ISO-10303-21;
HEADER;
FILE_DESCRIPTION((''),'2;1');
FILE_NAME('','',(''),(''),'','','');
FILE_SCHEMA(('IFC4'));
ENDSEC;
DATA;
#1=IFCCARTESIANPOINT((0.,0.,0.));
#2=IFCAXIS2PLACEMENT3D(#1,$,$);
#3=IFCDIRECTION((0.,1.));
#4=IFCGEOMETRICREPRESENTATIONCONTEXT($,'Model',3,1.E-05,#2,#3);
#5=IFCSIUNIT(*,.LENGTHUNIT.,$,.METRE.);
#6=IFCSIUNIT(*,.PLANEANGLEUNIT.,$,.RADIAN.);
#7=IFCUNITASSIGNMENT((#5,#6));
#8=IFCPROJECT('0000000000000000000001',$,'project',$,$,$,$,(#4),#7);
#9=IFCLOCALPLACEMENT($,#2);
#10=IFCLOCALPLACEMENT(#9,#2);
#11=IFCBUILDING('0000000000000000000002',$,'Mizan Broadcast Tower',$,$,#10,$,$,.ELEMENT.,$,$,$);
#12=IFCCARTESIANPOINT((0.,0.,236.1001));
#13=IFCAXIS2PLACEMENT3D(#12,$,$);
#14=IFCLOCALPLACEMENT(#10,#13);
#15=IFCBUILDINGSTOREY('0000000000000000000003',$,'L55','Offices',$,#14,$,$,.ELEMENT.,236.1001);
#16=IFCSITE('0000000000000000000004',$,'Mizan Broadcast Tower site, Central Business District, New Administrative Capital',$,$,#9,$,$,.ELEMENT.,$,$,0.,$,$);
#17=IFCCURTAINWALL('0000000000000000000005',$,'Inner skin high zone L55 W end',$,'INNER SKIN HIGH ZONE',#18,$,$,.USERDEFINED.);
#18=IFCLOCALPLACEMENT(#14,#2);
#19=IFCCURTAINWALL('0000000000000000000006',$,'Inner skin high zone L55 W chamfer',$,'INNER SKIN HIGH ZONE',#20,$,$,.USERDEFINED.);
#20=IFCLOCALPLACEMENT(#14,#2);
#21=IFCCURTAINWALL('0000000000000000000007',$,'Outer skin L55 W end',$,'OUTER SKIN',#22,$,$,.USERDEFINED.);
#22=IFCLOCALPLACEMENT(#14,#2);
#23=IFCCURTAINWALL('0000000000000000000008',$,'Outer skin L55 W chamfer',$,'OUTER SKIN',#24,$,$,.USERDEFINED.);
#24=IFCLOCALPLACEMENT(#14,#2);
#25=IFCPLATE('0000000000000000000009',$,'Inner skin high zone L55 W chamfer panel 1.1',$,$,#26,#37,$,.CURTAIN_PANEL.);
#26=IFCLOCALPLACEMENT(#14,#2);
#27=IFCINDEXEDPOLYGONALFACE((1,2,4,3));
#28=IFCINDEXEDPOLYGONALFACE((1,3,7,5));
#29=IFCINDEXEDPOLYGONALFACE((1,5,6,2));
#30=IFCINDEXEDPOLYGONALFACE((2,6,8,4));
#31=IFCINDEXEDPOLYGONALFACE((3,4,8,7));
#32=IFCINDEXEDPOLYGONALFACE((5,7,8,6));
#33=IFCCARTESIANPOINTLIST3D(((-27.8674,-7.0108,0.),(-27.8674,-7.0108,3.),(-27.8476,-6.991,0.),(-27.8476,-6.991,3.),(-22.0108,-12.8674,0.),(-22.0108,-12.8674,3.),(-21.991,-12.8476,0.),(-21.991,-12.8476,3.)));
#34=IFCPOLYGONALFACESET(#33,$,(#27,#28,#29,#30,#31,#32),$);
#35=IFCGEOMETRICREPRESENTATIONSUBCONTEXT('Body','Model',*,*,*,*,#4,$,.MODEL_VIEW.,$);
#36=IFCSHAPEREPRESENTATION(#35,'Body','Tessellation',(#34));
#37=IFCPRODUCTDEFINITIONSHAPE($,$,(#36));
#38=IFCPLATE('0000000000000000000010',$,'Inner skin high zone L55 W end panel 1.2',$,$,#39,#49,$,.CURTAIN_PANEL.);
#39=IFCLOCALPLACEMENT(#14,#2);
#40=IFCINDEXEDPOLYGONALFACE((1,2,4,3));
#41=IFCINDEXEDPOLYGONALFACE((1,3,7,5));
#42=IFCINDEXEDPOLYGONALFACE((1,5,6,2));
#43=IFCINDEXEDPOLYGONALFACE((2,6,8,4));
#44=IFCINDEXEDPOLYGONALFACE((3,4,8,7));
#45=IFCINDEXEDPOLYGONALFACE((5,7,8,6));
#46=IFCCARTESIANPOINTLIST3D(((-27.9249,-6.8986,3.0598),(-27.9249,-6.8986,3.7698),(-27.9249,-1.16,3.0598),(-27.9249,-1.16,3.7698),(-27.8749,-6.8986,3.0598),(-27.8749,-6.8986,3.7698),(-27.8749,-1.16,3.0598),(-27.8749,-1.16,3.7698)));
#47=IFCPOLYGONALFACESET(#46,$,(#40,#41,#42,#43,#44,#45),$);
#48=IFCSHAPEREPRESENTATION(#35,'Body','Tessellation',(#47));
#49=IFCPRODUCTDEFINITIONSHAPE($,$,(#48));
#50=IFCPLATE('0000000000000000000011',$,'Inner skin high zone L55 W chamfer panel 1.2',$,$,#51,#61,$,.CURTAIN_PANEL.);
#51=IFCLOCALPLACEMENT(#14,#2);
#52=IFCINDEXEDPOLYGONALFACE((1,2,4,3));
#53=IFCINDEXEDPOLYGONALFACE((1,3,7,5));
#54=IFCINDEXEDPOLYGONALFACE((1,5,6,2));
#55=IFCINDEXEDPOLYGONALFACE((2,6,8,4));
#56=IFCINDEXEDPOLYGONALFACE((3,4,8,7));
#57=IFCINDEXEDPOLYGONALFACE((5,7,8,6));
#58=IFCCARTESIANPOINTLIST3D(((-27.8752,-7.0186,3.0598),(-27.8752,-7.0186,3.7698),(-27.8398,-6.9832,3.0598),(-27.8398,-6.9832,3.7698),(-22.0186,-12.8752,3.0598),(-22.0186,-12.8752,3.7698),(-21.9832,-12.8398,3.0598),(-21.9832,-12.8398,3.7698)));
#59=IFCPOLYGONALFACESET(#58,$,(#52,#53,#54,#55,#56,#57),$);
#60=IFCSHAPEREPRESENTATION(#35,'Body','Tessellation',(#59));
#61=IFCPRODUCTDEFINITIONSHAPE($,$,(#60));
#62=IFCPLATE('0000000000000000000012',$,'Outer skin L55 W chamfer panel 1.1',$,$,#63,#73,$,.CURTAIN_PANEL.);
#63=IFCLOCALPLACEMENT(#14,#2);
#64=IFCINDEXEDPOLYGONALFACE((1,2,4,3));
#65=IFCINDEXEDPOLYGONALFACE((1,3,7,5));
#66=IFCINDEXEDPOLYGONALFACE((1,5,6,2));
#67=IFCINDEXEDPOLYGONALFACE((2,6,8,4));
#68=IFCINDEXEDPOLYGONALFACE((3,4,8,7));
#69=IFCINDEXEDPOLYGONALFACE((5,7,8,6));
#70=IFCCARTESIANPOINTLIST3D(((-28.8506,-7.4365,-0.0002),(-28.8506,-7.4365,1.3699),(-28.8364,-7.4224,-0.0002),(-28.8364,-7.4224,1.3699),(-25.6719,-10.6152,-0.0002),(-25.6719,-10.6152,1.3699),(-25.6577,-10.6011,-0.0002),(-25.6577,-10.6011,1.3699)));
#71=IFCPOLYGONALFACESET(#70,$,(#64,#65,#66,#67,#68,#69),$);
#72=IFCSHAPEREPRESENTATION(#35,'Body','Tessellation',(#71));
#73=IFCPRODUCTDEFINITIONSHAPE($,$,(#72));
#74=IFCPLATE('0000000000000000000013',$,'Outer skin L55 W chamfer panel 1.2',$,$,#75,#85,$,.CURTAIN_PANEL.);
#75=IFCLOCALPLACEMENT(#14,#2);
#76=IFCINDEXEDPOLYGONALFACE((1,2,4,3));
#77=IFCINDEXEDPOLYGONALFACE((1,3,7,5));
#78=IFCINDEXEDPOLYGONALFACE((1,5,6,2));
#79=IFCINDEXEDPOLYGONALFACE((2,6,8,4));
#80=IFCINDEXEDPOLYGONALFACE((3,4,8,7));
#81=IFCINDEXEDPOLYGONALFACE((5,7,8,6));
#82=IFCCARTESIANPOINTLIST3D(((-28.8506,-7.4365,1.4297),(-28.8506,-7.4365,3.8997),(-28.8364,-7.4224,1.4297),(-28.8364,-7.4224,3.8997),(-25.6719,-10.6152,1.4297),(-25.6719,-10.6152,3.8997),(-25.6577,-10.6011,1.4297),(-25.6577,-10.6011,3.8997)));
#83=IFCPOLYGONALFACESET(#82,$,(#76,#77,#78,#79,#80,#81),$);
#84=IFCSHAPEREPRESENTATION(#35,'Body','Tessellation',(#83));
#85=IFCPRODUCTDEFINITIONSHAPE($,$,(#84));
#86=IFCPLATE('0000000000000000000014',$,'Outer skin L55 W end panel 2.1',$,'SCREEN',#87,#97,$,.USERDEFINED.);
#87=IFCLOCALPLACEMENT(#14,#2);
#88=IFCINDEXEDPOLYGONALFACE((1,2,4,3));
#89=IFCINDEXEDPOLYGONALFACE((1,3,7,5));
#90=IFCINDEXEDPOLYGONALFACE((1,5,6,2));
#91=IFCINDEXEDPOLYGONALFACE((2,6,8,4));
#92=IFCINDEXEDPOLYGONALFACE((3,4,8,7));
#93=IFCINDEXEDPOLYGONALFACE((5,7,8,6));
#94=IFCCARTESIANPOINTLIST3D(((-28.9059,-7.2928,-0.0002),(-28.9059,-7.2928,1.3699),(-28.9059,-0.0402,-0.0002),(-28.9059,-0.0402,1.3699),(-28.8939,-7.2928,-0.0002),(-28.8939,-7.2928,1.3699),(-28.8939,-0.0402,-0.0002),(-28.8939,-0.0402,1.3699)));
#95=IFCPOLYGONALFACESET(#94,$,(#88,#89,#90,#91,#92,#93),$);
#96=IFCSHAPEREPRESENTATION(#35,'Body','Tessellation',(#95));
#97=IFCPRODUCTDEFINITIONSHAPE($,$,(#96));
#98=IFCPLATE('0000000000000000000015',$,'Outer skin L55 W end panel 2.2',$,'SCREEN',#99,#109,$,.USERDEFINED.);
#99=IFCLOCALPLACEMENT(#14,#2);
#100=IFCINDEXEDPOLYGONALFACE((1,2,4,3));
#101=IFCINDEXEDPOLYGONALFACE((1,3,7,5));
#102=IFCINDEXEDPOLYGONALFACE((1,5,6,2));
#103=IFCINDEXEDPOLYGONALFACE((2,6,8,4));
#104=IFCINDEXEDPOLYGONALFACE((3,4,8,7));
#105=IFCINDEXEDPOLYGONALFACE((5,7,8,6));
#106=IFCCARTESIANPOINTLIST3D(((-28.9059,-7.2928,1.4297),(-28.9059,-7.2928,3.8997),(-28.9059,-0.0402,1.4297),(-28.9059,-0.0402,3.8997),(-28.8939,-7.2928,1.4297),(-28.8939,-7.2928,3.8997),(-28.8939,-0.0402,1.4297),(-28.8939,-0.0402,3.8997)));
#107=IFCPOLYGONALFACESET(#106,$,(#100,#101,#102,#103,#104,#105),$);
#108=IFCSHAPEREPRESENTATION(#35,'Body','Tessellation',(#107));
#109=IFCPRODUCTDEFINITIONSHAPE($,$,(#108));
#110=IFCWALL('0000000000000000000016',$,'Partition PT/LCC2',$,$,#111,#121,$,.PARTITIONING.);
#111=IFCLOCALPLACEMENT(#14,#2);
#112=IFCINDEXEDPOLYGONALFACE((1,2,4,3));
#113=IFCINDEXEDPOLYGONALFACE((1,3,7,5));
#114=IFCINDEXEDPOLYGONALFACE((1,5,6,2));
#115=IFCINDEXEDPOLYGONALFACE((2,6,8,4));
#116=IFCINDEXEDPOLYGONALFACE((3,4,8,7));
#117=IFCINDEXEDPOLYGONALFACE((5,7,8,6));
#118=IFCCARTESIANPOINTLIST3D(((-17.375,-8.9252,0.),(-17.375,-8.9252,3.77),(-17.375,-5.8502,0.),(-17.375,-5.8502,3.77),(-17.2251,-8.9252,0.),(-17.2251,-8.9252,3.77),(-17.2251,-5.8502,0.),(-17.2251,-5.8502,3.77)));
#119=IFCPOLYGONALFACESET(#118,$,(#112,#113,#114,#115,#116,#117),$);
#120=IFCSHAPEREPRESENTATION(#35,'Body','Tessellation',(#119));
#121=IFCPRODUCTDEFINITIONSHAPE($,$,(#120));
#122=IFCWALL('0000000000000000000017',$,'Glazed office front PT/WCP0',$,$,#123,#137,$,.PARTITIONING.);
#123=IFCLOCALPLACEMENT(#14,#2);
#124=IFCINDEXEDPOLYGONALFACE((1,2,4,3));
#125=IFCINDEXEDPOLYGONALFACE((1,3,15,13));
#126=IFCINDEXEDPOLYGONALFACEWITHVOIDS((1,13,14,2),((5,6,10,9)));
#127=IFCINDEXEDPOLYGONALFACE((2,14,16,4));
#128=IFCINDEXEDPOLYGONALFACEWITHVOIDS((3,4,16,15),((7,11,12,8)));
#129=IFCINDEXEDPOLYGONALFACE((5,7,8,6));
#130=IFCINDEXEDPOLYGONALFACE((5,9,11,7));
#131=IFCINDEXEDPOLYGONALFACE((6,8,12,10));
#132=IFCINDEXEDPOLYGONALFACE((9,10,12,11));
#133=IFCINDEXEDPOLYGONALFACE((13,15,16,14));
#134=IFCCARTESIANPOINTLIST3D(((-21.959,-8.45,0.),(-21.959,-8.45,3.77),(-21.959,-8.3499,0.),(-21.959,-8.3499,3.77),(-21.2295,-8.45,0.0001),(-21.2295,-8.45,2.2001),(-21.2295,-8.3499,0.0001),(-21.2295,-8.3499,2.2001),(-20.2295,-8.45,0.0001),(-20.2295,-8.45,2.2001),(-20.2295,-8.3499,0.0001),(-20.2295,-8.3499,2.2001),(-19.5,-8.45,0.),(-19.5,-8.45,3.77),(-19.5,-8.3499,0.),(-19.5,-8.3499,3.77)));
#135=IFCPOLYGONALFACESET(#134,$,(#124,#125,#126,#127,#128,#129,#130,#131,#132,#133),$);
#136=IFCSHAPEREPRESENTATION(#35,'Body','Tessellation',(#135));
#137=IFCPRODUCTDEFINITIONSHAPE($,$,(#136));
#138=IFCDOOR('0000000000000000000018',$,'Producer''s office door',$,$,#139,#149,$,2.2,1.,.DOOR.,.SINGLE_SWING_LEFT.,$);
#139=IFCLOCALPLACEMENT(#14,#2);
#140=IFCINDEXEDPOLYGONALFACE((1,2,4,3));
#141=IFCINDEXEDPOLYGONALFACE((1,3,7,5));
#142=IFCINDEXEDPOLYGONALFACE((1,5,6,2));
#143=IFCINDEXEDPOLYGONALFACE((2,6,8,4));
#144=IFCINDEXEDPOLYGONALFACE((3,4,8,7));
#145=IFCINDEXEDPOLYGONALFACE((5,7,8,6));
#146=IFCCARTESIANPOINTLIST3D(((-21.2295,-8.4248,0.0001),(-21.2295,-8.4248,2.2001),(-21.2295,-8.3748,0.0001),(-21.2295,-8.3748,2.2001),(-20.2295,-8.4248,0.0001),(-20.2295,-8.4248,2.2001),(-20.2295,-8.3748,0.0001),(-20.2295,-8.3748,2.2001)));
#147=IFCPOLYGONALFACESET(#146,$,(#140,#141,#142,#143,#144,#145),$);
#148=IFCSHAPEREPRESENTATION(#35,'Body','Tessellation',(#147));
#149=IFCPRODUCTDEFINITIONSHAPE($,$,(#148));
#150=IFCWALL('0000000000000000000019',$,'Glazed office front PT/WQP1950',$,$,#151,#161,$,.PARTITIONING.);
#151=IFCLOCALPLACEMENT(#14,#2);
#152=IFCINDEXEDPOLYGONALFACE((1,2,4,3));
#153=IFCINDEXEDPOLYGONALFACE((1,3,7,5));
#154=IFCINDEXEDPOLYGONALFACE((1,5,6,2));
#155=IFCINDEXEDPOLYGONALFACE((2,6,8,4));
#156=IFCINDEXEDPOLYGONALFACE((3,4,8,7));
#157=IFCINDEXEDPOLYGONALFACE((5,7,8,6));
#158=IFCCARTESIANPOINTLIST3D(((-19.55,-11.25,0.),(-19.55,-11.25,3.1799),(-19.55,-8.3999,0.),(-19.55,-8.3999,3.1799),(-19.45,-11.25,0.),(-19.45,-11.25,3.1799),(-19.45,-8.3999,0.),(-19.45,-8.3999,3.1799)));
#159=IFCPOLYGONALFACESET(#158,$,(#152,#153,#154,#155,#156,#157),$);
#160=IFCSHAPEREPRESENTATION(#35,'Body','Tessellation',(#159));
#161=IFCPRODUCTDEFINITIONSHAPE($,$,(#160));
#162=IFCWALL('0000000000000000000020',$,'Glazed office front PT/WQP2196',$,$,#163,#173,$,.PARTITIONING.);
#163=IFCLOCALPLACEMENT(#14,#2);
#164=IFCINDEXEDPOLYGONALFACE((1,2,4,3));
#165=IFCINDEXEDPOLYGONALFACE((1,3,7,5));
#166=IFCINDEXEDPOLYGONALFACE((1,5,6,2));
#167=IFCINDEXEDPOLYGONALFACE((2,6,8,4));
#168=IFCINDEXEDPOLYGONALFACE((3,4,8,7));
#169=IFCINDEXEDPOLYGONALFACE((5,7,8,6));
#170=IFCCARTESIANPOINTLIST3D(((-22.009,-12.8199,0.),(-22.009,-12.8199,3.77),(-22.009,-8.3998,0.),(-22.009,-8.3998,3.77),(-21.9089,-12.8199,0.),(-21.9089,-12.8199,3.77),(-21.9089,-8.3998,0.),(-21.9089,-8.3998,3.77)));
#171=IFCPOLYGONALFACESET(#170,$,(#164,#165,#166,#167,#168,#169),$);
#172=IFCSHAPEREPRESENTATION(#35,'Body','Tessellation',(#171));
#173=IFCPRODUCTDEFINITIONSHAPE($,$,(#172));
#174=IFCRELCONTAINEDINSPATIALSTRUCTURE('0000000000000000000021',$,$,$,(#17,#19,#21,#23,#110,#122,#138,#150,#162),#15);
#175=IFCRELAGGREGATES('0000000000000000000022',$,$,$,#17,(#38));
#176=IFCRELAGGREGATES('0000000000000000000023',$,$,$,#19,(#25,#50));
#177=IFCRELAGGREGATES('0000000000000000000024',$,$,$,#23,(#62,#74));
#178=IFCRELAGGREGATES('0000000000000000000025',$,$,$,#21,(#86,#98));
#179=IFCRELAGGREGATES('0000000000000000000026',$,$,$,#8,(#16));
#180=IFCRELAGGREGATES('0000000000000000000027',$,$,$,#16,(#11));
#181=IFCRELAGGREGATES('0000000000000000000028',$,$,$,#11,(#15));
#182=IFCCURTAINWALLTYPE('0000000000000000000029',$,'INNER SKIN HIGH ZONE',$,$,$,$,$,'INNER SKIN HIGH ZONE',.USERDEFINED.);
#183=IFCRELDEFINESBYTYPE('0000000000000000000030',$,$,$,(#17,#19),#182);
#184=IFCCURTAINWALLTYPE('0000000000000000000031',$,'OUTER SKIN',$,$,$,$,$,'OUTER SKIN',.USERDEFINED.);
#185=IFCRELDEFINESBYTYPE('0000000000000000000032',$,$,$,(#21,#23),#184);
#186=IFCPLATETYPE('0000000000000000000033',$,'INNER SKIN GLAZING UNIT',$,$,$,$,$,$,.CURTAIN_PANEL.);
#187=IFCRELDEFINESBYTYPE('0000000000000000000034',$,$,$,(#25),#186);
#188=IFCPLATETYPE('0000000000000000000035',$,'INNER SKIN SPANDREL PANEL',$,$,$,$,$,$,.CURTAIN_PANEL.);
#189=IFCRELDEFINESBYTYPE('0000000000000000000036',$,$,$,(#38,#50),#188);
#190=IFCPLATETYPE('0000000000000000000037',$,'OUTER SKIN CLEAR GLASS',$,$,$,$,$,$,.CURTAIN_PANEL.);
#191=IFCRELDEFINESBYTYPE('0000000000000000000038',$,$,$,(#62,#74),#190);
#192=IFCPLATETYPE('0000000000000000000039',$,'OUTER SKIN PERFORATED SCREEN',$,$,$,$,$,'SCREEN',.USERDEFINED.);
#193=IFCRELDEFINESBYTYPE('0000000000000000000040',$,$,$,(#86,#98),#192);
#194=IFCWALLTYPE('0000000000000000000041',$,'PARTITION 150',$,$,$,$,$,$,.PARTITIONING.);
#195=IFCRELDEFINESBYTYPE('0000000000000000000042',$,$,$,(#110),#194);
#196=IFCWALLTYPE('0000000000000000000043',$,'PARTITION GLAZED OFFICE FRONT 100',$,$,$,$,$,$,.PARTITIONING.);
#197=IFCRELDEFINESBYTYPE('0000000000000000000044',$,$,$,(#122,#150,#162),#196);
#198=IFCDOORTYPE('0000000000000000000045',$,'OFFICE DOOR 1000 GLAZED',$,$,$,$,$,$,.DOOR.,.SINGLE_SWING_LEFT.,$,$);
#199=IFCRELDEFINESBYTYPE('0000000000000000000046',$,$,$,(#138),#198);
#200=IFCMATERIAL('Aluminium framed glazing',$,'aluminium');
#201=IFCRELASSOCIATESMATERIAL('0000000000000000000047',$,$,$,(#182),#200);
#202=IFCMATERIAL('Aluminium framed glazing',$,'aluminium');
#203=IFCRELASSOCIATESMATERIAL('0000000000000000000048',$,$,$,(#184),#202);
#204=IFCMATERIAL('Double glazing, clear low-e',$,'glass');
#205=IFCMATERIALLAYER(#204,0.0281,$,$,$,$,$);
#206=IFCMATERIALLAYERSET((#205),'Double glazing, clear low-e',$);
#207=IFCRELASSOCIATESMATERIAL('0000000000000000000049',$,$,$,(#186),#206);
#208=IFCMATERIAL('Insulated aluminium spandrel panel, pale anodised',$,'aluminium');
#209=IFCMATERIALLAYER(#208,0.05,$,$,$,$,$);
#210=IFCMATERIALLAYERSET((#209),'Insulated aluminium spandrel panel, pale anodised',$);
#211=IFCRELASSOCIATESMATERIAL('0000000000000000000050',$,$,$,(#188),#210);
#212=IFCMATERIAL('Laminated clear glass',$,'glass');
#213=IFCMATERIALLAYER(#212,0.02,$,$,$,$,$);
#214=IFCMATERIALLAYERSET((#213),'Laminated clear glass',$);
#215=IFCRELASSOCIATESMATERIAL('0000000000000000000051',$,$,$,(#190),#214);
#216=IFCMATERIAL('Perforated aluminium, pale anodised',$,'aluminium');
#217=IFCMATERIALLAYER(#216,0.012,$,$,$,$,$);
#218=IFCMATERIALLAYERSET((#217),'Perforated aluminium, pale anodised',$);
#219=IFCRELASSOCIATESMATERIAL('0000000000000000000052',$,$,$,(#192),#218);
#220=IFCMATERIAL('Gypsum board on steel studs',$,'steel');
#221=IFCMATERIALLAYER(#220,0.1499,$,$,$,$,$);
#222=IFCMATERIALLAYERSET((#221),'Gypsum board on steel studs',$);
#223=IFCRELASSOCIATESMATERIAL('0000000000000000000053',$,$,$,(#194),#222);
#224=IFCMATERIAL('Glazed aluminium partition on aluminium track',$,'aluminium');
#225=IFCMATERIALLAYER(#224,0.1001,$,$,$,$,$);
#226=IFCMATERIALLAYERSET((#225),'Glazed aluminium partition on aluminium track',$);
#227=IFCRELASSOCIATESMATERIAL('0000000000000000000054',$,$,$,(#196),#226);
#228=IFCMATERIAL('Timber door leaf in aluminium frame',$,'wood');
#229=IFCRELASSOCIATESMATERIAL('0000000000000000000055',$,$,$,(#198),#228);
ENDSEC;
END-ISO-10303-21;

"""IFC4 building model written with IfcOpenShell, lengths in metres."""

from ifc_helpers import new_model, si_unit, direction, frame, frame_2d, origin, origin_2d, place, context, subcontext, project, spatial, rectangle, extrude, material, layer, layer_set, type_object, element, fill, aggregate, save


model = new_model("IFC4")

# Units and contexts
model_context = context("Model", 3, precision=1e-05, world=origin(), true_north=direction((0.0, 1.0)))
body_context = subcontext(model_context, "Body", "Model", "MODEL_VIEW")
ifc_project = project(units=[si_unit("LENGTHUNIT", "METRE"), si_unit("PLANEANGLEUNIT", "RADIAN")], contexts=[model_context])

# Site, building, storey
site_placement = place(None, origin())
site = spatial("IfcSite", under=ifc_project, at=site_placement, Name="Mizan Broadcast Tower site, Central Business District, New Administrative Capital", CompositionType="ELEMENT", RefElevation=0.0)
building_placement = place(site_placement, origin())
building = spatial("IfcBuilding", under=site, at=building_placement, Name="Mizan Broadcast Tower", CompositionType="ELEMENT")
storey_placement = place(building_placement, frame((0.0, 0.0, 236.1001)))
storey = spatial("IfcBuildingStorey", under=building, at=storey_placement, Name="L55", Description="Offices", CompositionType="ELEMENT", Elevation=236.1001)

# Curtain wall
ifc_material_1 = material(Name="Aluminium framed glazing", Category="aluminium")
curtain_wall_type_1 = type_object("IfcCurtainWallType", Name="INNER SKIN HIGH ZONE", ElementType="INNER SKIN HIGH ZONE", PredefinedType="USERDEFINED", material=ifc_material_1)
curtain_wall_1_placement = place(storey_placement, origin())
curtain_wall_1 = element("IfcCurtainWall", 1, at=curtain_wall_1_placement, inside=storey, type_object=curtain_wall_type_1, Name="Inner skin high zone L55 W end", ObjectType="INNER SKIN HIGH ZONE", PredefinedType="USERDEFINED")

# Curtain walls
curtain_wall_2_placement = place(storey_placement, origin())
curtain_wall_2 = element("IfcCurtainWall", 2, at=curtain_wall_2_placement, inside=storey, type_object=curtain_wall_type_1, Name="Inner skin high zone L55 W chamfer", ObjectType="INNER SKIN HIGH ZONE", PredefinedType="USERDEFINED")
ifc_material_2 = material(Name="Aluminium framed glazing", Category="aluminium")
curtain_wall_type_2 = type_object("IfcCurtainWallType", Name="OUTER SKIN", ElementType="OUTER SKIN", PredefinedType="USERDEFINED", material=ifc_material_2)
curtain_wall_3_placement = place(storey_placement, origin())
curtain_wall_3 = element("IfcCurtainWall", 3, at=curtain_wall_3_placement, inside=storey, type_object=curtain_wall_type_2, Name="Outer skin L55 W end", ObjectType="OUTER SKIN", PredefinedType="USERDEFINED")
curtain_wall_4_placement = place(storey_placement, origin())
curtain_wall_4 = element("IfcCurtainWall", 4, at=curtain_wall_4_placement, inside=storey, type_object=curtain_wall_type_2, Name="Outer skin L55 W chamfer", ObjectType="OUTER SKIN", PredefinedType="USERDEFINED")

# Plates
ifc_material_3 = material(Name="Double glazing, clear low-e", Category="glass")
ifc_layer_1 = layer(ifc_material_3, 0.0281)
ifc_layer_set_1 = layer_set([ifc_layer_1], Name="Double glazing, clear low-e")
plate_type_1 = type_object("IfcPlateType", Name="INNER SKIN GLAZING UNIT", PredefinedType="CURTAIN_PANEL", material=ifc_layer_set_1)
plate_1_placement = place(storey_placement, frame((-24.9292, -9.9292, 0.0), z_axis=(0.0, 0.0, 1.0), x_axis=(0.707107, -0.707107, 0.0)))
plate_1 = element("IfcPlate", 5, at=plate_1_placement, type_object=plate_type_1, Name="Inner skin high zone L55 W chamfer panel 1.1", PredefinedType="CURTAIN_PANEL", context=body_context, shape_type="SweptSolid", body=[
    extrude(rectangle(XDim=8.2825, YDim=0.0281, at=origin_2d()), origin(), (0.0, 0.0, 1.0), 3.0),
])
ifc_material_4 = material(Name="Insulated aluminium spandrel panel, pale anodised", Category="aluminium")
ifc_layer_2 = layer(ifc_material_4, 0.05)
ifc_layer_set_2 = layer_set([ifc_layer_2], Name="Insulated aluminium spandrel panel, pale anodised")
plate_type_2 = type_object("IfcPlateType", Name="INNER SKIN SPANDREL PANEL", PredefinedType="CURTAIN_PANEL", material=ifc_layer_set_2)
plate_2_placement = place(storey_placement, frame((-27.8999, -4.0293, 3.0598), z_axis=(0.0, 0.0, 1.0), x_axis=(0.0, -1.0, 0.0)))
plate_2 = element("IfcPlate", 6, at=plate_2_placement, type_object=plate_type_2, Name="Inner skin high zone L55 W end panel 1.2", PredefinedType="CURTAIN_PANEL", context=body_context, shape_type="SweptSolid", body=[
    extrude(rectangle(XDim=5.7385, YDim=0.05, at=origin_2d()), origin(), (0.0, 0.0, 1.0), 0.71),
])
aggregate(curtain_wall_1, [plate_2])
plate_3_placement = place(storey_placement, frame((-24.9292, -9.9292, 3.0598), z_axis=(0.0, 0.0, 1.0), x_axis=(0.707107, -0.707107, 0.0)))
plate_3 = element("IfcPlate", 7, at=plate_3_placement, type_object=plate_type_2, Name="Inner skin high zone L55 W chamfer panel 1.2", PredefinedType="CURTAIN_PANEL", context=body_context, shape_type="SweptSolid", body=[
    extrude(rectangle(XDim=8.2825, YDim=0.05, at=origin_2d()), origin(), (0.0, 0.0, 1.0), 0.71),
])
aggregate(curtain_wall_2, [plate_1, plate_3])
ifc_material_5 = material(Name="Laminated clear glass", Category="glass")
ifc_layer_3 = layer(ifc_material_5, 0.02)
ifc_layer_set_3 = layer_set([ifc_layer_3], Name="Laminated clear glass")
plate_type_3 = type_object("IfcPlateType", Name="OUTER SKIN CLEAR GLASS", PredefinedType="CURTAIN_PANEL", material=ifc_layer_set_3)
plate_4_placement = place(storey_placement, frame((-27.2542, -9.0188, -0.0002), z_axis=(0.0, 0.0, 1.0), x_axis=(0.707107, -0.707107, 0.0)))
plate_4 = element("IfcPlate", 8, at=plate_4_placement, type_object=plate_type_3, Name="Outer skin L55 W chamfer panel 1.1", PredefinedType="CURTAIN_PANEL", context=body_context, shape_type="SweptSolid", body=[
    extrude(rectangle(XDim=4.4954, YDim=0.02, at=origin_2d()), origin(), (0.0, 0.0, 1.0), 1.3701),
])
plate_5_placement = place(storey_placement, frame((-27.2542, -9.0188, 1.4297), z_axis=(0.0, 0.0, 1.0), x_axis=(0.707107, -0.707107, 0.0)))
plate_5 = element("IfcPlate", 9, at=plate_5_placement, type_object=plate_type_3, Name="Outer skin L55 W chamfer panel 1.2", PredefinedType="CURTAIN_PANEL", context=body_context, shape_type="SweptSolid", body=[
    extrude(rectangle(XDim=4.4954, YDim=0.02, at=origin_2d()), origin(), (0.0, 0.0, 1.0), 2.47),
])
aggregate(curtain_wall_4, [plate_4, plate_5])
ifc_material_6 = material(Name="Perforated aluminium, pale anodised", Category="aluminium")
ifc_layer_4 = layer(ifc_material_6, 0.012)
ifc_layer_set_4 = layer_set([ifc_layer_4], Name="Perforated aluminium, pale anodised")
plate_type_4 = type_object("IfcPlateType", Name="OUTER SKIN PERFORATED SCREEN", ElementType="SCREEN", PredefinedType="USERDEFINED", material=ifc_layer_set_4)
plate_6_placement = place(storey_placement, frame((-28.8999, -3.6665, -0.0002), z_axis=(0.0, 0.0, 1.0), x_axis=(0.0, -1.0, 0.0)))
plate_6 = element("IfcPlate", 10, at=plate_6_placement, type_object=plate_type_4, Name="Outer skin L55 W end panel 2.1", ObjectType="SCREEN", PredefinedType="USERDEFINED", context=body_context, shape_type="SweptSolid", body=[
    extrude(rectangle(XDim=7.2527, YDim=0.012, at=origin_2d()), origin(), (0.0, 0.0, 1.0), 1.3701),
])
plate_7_placement = place(storey_placement, frame((-28.8999, -3.6665, 1.4297), z_axis=(0.0, 0.0, 1.0), x_axis=(0.0, -1.0, 0.0)))
plate_7 = element("IfcPlate", 11, at=plate_7_placement, type_object=plate_type_4, Name="Outer skin L55 W end panel 2.2", ObjectType="SCREEN", PredefinedType="USERDEFINED", context=body_context, shape_type="SweptSolid", body=[
    extrude(rectangle(XDim=7.2527, YDim=0.012, at=origin_2d()), origin(), (0.0, 0.0, 1.0), 2.47),
])
aggregate(curtain_wall_3, [plate_6, plate_7])

# Wall
ifc_material_7 = material(Name="Gypsum board on steel studs", Category="steel")
ifc_layer_5 = layer(ifc_material_7, 0.1499)
ifc_layer_set_5 = layer_set([ifc_layer_5], Name="Gypsum board on steel studs")
wall_type_1 = type_object("IfcWallType", Name="PARTITION 150", PredefinedType="PARTITIONING", material=ifc_layer_set_5)
wall_1_placement = place(storey_placement, frame((-17.3, -5.8501, 0.0), z_axis=(0.0, 0.0, 1.0), x_axis=(0.0, -1.0, 0.0)))
element("IfcWall", 12, at=wall_1_placement, inside=storey, type_object=wall_type_1, Name="Partition PT/LCC2", PredefinedType="PARTITIONING", context=body_context, shape_type="SweptSolid", body=[
    extrude(rectangle(XDim=3.075, YDim=0.1499, at=frame_2d((1.5376, 0.0))), origin(), (0.0, 0.0, 1.0), 3.77),
])

# Wall, opening, door
ifc_material_8 = material(Name="Glazed aluminium partition on aluminium track", Category="aluminium")
ifc_layer_6 = layer(ifc_material_8, 0.1001)
ifc_layer_set_6 = layer_set([ifc_layer_6], Name="Glazed aluminium partition on aluminium track")
wall_type_2 = type_object("IfcWallType", Name="PARTITION GLAZED OFFICE FRONT 100", PredefinedType="PARTITIONING", material=ifc_layer_set_6)
wall_2_placement = place(storey_placement, frame((-19.5, -8.3999, 0.0), z_axis=(0.0, 0.0, 1.0), x_axis=(-1.0, 0.0, 0.0)))
wall_2 = element("IfcWall", 13, at=wall_2_placement, inside=storey, type_object=wall_type_2, Name="Glazed office front PT/WCP0", PredefinedType="PARTITIONING", context=body_context, shape_type="SweptSolid", body=[
    extrude(rectangle(XDim=2.459, YDim=0.1001, at=frame_2d((1.2295, 0.0))), origin(), (0.0, 0.0, 1.0), 3.77),
])
opening_placement = place(wall_2_placement, frame((0.7295, 0.0, 0.0)))
opening = element("IfcOpeningElement", 14, at=opening_placement, cuts=wall_2, PredefinedType="OPENING", context=body_context, shape_type="SweptSolid", body=[
    extrude(rectangle(XDim=1.0, YDim=2.2, at=frame_2d((0.5, 1.1001))), frame((0.0, 0.0601, 0.0), z_axis=(0.0, -1.0, 0.0), x_axis=(1.0, 0.0, 0.0)), (0.0, 0.0, 1.0), 0.1201),
])
ifc_material_9 = material(Name="Timber door leaf in aluminium frame", Category="wood")
door_type = type_object("IfcDoorType", Name="OFFICE DOOR 1000 GLAZED", OperationType="SINGLE_SWING_LEFT", PredefinedType="DOOR", material=ifc_material_9)
door_placement = place(opening_placement, origin())
door = element("IfcDoor", 15, at=door_placement, inside=storey, type_object=door_type, Name="Producer's office door", OperationType="SINGLE_SWING_LEFT", OverallHeight=2.2, OverallWidth=1.0, PredefinedType="DOOR", context=body_context, shape_type="SweptSolid", body=[
    extrude(rectangle(XDim=1.0, YDim=2.2, at=frame_2d((0.5, 1.1001))), frame((0.0, 0.0249, 0.0), z_axis=(0.0, -1.0, 0.0), x_axis=(1.0, 0.0, 0.0)), (0.0, 0.0, 1.0), 0.05),
])
fill(opening, door)

# Walls
wall_3_placement = place(storey_placement, frame((-19.5, -8.3999, 0.0), z_axis=(0.0, 0.0, 1.0), x_axis=(0.0, -1.0, 0.0)))
element("IfcWall", 16, at=wall_3_placement, inside=storey, type_object=wall_type_2, Name="Glazed office front PT/WQP1950", PredefinedType="PARTITIONING", context=body_context, shape_type="SweptSolid", body=[
    extrude(rectangle(XDim=2.8501, YDim=0.1001, at=frame_2d((1.425, 0.0))), origin(), (0.0, 0.0, 1.0), 3.1799),
])
wall_4_placement = place(storey_placement, frame((-21.959, -8.3999, 0.0), z_axis=(0.0, 0.0, 1.0), x_axis=(0.0, -1.0, 0.0)))
element("IfcWall", 17, at=wall_4_placement, inside=storey, type_object=wall_type_2, Name="Glazed office front PT/WQP2196", PredefinedType="PARTITIONING", context=body_context, shape_type="SweptSolid", body=[
    extrude(rectangle(XDim=4.4202, YDim=0.1001, at=frame_2d((2.21, 0.0))), origin(), (0.0, 0.0, 1.0), 3.77),
])

save(model, "model.ifc")
